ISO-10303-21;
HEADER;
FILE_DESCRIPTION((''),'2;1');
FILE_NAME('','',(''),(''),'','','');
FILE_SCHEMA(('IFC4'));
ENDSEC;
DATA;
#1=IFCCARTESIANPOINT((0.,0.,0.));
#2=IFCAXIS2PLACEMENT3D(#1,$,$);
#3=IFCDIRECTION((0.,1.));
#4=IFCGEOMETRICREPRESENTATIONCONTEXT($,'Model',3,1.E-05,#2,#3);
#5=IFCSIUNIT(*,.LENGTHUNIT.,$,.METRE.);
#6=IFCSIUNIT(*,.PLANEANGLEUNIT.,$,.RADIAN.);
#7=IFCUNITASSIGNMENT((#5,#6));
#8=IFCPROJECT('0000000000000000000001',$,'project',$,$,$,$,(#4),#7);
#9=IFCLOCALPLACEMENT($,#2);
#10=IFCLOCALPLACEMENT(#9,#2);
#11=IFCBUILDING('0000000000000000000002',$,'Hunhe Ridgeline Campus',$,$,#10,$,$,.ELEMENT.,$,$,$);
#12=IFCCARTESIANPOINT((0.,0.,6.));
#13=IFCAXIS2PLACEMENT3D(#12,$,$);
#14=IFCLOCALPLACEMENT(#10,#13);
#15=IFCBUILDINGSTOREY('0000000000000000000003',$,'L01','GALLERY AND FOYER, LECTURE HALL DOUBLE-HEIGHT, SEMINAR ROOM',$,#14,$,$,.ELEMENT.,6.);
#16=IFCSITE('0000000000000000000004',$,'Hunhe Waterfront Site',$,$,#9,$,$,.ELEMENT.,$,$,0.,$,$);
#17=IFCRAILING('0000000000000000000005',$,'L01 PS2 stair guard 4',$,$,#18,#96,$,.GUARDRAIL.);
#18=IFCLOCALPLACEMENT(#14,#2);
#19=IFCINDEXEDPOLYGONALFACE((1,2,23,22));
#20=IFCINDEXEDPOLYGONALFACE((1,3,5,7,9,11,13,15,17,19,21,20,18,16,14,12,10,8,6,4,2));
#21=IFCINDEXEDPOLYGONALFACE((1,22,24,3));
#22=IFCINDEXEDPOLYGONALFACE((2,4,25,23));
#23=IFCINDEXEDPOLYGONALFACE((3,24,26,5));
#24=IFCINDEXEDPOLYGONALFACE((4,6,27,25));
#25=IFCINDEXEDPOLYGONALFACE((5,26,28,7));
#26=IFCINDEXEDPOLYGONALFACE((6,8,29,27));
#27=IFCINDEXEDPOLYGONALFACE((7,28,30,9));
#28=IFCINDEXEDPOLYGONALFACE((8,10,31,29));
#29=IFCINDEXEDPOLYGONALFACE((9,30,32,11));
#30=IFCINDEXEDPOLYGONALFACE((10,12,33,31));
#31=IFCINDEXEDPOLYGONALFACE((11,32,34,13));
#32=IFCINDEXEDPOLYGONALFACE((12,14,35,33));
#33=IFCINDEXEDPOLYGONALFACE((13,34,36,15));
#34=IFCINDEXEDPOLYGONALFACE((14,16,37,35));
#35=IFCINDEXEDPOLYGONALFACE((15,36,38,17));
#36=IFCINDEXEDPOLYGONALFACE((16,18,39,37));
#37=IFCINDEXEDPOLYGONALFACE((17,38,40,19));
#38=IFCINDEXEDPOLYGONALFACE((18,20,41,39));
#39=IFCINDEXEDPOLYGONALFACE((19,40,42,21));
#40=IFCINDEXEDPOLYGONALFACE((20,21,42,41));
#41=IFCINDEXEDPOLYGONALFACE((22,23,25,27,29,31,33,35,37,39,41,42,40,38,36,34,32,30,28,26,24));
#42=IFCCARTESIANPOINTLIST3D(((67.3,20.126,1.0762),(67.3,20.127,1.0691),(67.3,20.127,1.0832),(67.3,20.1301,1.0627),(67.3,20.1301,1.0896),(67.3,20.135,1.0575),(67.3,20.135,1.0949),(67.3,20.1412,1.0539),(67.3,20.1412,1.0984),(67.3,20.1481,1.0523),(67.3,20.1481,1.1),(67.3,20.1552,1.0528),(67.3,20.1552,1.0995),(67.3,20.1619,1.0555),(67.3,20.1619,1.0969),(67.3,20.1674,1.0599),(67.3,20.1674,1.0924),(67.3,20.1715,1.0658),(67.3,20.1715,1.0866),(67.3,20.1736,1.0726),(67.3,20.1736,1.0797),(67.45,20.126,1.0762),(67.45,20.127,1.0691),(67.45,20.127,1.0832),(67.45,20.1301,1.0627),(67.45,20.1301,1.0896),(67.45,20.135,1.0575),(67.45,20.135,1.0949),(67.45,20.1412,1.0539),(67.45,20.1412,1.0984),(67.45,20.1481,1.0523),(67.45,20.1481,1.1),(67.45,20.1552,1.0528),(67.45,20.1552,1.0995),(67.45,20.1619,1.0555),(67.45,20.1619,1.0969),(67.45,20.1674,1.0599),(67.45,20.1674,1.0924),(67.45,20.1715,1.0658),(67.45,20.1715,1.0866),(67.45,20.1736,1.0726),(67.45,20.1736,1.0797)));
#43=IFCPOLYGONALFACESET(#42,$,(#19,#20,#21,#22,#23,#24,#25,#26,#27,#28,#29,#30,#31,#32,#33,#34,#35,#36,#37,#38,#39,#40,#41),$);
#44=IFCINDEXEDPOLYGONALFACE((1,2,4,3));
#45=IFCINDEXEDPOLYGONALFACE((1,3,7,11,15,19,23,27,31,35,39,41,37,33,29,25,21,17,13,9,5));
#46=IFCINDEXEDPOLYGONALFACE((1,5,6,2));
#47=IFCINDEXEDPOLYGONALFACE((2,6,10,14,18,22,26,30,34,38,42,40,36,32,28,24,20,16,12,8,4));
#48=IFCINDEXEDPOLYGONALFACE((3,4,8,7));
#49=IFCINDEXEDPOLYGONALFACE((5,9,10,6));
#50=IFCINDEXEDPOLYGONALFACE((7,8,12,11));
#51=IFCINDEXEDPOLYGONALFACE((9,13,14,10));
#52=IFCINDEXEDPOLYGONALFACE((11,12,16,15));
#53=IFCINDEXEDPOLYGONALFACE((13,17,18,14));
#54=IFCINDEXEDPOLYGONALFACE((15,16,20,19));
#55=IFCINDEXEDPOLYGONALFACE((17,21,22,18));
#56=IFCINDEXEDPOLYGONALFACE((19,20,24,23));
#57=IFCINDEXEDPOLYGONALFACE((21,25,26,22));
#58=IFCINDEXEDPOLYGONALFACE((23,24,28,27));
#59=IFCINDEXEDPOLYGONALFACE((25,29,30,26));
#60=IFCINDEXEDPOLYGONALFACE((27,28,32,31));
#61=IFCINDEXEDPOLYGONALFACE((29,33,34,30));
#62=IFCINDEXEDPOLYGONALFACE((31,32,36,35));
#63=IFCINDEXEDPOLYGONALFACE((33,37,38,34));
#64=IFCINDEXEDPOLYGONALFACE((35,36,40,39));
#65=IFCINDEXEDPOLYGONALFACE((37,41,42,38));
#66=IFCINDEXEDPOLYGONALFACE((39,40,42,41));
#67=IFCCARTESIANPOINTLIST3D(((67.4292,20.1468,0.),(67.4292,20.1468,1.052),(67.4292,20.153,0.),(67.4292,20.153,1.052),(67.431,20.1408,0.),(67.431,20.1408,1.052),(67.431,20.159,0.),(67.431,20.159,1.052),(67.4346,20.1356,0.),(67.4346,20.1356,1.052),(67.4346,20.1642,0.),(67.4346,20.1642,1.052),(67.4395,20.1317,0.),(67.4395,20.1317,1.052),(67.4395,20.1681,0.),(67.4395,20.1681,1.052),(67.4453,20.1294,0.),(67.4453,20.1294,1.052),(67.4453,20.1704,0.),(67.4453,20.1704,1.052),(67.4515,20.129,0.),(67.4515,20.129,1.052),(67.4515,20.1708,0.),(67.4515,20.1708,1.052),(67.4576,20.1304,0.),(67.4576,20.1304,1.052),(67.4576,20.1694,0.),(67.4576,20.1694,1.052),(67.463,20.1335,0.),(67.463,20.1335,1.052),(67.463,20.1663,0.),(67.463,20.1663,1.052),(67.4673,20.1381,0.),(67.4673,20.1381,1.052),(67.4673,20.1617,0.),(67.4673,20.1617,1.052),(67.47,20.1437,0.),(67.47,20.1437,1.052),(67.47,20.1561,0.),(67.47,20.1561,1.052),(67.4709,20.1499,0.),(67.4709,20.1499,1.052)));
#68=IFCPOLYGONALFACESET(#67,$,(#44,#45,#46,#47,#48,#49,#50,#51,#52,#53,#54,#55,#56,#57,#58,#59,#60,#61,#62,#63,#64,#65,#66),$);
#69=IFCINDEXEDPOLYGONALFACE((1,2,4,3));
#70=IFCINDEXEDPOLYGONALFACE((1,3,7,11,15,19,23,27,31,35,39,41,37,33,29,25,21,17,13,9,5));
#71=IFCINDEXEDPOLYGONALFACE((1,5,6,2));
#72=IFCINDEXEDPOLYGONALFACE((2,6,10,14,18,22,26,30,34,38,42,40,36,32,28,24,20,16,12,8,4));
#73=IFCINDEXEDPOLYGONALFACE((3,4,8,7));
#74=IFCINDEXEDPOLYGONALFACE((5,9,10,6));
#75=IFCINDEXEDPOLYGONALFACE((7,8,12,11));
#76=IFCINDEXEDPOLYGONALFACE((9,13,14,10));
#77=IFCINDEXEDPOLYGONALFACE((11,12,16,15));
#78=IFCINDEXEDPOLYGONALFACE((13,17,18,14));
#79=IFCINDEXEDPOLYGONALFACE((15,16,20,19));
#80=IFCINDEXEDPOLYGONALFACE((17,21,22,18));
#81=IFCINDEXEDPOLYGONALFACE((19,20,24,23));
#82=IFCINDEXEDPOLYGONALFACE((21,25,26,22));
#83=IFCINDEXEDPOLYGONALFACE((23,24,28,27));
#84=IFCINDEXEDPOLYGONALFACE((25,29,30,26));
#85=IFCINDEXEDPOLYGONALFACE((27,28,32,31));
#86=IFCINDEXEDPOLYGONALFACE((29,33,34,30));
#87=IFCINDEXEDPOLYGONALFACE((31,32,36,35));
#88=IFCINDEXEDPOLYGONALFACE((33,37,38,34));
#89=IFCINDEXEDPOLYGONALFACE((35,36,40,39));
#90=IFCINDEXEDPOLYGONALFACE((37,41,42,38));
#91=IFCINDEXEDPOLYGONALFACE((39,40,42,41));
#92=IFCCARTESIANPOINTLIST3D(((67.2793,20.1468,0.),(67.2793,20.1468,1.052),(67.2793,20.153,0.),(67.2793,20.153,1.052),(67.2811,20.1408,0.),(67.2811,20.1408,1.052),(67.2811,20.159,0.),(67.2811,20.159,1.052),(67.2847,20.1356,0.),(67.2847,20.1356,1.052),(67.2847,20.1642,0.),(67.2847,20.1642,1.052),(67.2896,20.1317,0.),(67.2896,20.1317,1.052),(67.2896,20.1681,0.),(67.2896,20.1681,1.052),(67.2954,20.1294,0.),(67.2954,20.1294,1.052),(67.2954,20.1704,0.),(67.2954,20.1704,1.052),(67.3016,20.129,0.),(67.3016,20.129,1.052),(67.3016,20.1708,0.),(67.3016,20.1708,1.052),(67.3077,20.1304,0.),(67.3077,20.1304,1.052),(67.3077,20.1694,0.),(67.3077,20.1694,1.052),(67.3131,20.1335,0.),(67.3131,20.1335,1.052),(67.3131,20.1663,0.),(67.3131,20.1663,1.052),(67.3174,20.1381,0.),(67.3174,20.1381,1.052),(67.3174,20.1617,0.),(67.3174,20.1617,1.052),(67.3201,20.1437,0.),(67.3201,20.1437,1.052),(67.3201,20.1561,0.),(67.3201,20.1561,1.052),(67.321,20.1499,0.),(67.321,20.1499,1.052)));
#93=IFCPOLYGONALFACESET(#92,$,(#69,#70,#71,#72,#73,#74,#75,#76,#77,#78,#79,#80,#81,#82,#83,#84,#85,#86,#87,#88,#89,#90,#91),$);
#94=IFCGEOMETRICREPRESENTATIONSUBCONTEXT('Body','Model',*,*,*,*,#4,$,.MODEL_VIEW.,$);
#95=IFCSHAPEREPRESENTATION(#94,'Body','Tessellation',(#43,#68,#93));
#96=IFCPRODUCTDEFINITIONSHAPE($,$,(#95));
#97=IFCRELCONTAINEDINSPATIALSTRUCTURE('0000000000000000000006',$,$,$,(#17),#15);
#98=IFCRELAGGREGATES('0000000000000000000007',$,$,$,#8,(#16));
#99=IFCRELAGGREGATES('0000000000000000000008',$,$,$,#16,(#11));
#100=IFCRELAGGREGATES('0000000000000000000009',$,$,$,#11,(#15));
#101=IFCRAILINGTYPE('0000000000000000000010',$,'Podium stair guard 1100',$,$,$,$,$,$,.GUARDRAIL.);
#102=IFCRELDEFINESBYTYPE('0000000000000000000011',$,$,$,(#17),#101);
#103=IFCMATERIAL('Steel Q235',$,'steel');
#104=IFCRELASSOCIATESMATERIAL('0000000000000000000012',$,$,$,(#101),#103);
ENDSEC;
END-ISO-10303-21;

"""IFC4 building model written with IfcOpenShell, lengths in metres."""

from ifc_helpers import new_model, si_unit, direction, frame, origin, origin_2d, place, context, subcontext, project, spatial, circle, extrude, material, type_object, element, save


model = new_model("IFC4")

# Units and contexts
model_context = context("Model", 3, precision=1e-05, world=origin(), true_north=direction((0.0, 1.0)))
body_context = subcontext(model_context, "Body", "Model", "MODEL_VIEW")
ifc_project = project(units=[si_unit("LENGTHUNIT", "METRE"), si_unit("PLANEANGLEUNIT", "RADIAN")], contexts=[model_context])

# Site, building, storey
site_placement = place(None, origin())
site = spatial("IfcSite", under=ifc_project, at=site_placement, Name="Hunhe Waterfront Site", CompositionType="ELEMENT", RefElevation=0.0)
building_placement = place(site_placement, origin())
building = spatial("IfcBuilding", under=site, at=building_placement, Name="Hunhe Ridgeline Campus", CompositionType="ELEMENT")
storey_placement = place(building_placement, frame((0.0, 0.0, 6.0)))
storey = spatial("IfcBuildingStorey", under=building, at=storey_placement, Name="L01", Description="GALLERY AND FOYER, LECTURE HALL DOUBLE-HEIGHT, SEMINAR ROOM", CompositionType="ELEMENT", Elevation=6.0)

# Shared definitions
ifc_material_1 = material(Name="Steel Q235", Category="steel")

# Railing
railing_type_1 = type_object("IfcRailingType", Name="Podium stair guard 1100", PredefinedType="GUARDRAIL", material=ifc_material_1)
railing_1_placement = place(storey_placement, frame((67.45, 20.1499, 0.0)))
element("IfcRailing", 1, at=railing_1_placement, inside=storey, type_object=railing_type_1, Name="L01 PS2 stair guard 4", PredefinedType="GUARDRAIL", context=body_context, shape_type="SweptSolid", body=[
    extrude(circle(Radius=0.0239, at=origin_2d()), frame((0.0, 0.0, 1.0762), z_axis=(-1.0, 0.0, 0.0), x_axis=(0.0, -1.0, 0.0)), (0.0, 0.0, 1.0), 0.1499),
    extrude(circle(Radius=0.021, at=origin_2d()), origin(), (0.0, 0.0, 1.0), 1.052),
    extrude(circle(Radius=0.021, at=origin_2d()), frame((-0.1499, 0.0, 0.0)), (0.0, 0.0, 1.0), 1.052),
])

save(model, "model.ifc")
